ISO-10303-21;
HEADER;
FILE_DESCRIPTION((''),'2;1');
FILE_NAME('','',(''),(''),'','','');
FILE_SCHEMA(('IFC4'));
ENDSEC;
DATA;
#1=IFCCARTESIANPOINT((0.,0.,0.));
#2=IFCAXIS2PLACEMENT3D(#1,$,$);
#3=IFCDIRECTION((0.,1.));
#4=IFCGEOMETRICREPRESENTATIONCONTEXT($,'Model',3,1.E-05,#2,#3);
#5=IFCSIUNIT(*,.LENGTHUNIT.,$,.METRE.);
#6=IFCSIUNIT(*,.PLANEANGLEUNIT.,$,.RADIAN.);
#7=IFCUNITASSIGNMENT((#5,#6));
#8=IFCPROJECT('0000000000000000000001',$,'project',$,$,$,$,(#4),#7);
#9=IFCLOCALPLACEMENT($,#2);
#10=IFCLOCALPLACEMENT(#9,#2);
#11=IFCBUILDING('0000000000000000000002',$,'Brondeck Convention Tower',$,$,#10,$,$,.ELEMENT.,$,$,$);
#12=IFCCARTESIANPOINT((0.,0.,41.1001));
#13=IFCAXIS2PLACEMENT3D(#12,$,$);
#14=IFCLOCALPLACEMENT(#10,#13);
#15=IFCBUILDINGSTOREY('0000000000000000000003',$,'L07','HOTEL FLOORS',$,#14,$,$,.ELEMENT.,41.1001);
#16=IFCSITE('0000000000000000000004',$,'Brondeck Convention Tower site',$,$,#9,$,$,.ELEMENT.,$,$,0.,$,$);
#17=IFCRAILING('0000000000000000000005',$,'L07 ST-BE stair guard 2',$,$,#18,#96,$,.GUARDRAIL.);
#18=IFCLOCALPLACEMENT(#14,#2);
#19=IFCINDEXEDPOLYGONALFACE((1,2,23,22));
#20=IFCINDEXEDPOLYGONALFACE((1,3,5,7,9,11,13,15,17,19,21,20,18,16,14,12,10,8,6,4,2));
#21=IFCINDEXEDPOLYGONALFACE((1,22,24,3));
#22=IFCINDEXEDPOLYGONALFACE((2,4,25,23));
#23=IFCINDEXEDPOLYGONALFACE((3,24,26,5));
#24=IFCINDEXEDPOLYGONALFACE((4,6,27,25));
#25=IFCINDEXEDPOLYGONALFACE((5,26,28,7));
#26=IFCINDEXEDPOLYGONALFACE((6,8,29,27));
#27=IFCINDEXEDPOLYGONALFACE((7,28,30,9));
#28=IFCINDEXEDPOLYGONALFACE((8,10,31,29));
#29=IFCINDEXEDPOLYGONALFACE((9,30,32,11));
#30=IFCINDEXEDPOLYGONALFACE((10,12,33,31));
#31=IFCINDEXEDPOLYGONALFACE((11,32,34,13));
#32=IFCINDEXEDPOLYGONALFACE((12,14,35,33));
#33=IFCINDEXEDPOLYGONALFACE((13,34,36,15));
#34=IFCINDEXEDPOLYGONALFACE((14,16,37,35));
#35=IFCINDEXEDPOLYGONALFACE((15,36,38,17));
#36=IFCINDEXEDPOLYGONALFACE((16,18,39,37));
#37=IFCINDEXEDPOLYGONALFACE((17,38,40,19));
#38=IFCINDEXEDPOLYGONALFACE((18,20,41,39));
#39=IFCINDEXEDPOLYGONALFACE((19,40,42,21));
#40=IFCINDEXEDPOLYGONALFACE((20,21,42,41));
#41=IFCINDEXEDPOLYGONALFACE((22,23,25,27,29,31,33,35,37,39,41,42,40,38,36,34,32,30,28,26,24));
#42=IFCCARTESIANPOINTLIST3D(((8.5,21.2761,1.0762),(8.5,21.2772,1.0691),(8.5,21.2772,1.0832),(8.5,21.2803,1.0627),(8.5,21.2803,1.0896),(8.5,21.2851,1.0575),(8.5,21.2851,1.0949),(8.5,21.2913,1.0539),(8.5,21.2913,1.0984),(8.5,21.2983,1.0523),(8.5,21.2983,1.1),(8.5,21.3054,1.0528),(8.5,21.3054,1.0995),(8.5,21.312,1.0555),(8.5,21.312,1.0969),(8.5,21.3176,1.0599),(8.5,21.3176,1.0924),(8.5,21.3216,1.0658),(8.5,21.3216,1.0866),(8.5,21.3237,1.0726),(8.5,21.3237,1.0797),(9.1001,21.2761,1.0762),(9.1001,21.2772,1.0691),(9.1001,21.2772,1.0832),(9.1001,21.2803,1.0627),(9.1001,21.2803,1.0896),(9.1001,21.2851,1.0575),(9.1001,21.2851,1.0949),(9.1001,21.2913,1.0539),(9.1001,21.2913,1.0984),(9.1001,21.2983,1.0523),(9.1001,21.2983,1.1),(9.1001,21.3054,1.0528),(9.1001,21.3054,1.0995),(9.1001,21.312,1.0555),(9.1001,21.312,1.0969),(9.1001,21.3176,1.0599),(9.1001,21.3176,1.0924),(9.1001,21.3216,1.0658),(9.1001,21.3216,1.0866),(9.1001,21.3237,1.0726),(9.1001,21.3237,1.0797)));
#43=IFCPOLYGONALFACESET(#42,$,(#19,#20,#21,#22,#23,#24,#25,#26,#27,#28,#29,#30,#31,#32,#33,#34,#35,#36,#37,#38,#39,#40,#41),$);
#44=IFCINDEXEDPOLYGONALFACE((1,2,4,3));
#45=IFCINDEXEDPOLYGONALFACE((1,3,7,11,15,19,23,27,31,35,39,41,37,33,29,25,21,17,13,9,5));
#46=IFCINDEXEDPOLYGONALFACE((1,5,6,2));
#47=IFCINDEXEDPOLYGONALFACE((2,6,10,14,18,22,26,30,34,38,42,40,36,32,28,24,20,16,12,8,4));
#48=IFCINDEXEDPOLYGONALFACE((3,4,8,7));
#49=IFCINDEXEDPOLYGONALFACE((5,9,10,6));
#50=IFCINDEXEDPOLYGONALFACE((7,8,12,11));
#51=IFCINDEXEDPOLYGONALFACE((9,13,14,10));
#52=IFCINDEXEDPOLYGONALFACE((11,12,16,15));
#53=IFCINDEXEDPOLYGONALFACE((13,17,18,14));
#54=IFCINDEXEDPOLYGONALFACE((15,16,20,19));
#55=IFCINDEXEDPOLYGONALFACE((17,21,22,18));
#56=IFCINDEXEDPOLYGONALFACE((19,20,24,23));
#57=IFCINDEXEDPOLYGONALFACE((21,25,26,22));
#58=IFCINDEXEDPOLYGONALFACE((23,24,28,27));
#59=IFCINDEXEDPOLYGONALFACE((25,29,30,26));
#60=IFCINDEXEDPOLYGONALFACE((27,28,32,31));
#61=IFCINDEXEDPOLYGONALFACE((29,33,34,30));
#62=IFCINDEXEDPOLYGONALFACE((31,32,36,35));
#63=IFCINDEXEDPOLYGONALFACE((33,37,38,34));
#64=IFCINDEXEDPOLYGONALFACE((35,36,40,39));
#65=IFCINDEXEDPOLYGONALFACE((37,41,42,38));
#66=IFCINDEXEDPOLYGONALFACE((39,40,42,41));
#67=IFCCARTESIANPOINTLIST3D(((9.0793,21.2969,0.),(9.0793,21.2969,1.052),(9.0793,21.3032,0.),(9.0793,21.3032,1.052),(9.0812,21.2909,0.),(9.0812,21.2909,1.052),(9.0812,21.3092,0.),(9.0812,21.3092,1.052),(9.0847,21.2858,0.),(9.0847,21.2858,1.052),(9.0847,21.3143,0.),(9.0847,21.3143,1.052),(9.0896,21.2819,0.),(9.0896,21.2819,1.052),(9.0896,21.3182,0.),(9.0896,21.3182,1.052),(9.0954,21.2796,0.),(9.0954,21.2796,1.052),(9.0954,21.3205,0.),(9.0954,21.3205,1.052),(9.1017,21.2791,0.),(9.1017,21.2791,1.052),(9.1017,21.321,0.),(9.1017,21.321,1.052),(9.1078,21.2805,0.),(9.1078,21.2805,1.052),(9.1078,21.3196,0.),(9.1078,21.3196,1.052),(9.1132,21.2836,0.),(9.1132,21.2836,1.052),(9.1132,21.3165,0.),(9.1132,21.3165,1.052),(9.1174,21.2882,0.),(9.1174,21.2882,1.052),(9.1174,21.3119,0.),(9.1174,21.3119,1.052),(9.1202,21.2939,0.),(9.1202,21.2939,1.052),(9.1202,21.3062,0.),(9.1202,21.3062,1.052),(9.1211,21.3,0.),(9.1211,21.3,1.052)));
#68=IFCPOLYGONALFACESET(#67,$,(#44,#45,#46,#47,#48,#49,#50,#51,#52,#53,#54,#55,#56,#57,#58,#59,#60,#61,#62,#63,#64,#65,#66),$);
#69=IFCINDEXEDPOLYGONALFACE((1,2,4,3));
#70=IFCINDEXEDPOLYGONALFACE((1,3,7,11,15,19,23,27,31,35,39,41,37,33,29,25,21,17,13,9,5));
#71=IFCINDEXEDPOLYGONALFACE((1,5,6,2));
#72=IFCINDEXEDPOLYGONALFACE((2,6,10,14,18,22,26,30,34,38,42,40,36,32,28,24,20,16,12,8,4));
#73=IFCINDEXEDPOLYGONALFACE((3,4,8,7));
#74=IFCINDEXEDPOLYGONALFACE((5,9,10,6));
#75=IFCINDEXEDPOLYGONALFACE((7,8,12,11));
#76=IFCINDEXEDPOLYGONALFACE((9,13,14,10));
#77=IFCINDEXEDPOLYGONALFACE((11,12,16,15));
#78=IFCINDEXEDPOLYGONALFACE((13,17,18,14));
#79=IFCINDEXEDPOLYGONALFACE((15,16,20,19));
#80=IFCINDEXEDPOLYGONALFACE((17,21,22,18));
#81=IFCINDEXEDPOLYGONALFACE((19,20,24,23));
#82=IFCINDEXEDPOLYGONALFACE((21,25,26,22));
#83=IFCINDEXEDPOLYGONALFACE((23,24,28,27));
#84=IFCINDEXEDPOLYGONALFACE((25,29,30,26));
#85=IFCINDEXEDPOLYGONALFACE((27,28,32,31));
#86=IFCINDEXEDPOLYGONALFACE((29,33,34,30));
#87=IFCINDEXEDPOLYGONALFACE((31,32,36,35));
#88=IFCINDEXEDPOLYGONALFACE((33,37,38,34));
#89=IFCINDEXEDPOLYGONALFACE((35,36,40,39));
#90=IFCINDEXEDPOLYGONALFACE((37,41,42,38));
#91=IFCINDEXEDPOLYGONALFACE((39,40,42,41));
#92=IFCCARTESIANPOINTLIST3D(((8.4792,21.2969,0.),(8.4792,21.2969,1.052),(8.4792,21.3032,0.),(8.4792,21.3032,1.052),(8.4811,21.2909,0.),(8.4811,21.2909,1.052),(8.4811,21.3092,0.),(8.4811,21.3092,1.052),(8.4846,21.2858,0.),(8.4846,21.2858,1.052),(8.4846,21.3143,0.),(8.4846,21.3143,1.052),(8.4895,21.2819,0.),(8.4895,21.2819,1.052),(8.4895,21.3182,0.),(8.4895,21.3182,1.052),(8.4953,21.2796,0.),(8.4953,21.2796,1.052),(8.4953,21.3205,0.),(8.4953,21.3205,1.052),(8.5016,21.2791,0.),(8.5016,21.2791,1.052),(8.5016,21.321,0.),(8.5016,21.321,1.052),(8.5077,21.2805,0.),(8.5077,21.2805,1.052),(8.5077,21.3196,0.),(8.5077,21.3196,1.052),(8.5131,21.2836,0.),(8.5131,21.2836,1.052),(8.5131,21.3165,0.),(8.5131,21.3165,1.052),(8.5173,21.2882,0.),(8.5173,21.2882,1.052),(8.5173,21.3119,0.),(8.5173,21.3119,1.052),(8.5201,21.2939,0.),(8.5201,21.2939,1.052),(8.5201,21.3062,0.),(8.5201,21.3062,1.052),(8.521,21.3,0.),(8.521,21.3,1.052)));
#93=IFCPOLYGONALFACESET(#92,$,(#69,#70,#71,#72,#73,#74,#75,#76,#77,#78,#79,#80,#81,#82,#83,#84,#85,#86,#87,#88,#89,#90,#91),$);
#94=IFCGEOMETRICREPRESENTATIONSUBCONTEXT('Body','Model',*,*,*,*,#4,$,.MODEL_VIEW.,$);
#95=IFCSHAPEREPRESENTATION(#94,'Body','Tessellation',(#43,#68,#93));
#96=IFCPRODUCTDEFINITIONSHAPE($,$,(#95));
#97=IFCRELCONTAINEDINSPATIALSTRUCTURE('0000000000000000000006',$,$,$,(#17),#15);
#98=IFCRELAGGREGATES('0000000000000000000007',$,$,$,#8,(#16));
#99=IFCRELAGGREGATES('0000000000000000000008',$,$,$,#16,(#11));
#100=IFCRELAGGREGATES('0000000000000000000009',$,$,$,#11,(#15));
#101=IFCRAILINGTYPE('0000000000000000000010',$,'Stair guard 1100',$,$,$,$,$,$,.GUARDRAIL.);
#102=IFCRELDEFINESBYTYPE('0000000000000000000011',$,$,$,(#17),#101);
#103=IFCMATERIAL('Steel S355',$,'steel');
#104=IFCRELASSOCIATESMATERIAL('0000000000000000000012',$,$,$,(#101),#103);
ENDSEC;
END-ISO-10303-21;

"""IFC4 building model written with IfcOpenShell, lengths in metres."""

from ifc_helpers import new_model, si_unit, direction, frame, origin, origin_2d, place, context, subcontext, project, spatial, circle, extrude, material, type_object, element, save


model = new_model("IFC4")

# Units and contexts
model_context = context("Model", 3, precision=1e-05, world=origin(), true_north=direction((0.0, 1.0)))
body_context = subcontext(model_context, "Body", "Model", "MODEL_VIEW")
ifc_project = project(units=[si_unit("LENGTHUNIT", "METRE"), si_unit("PLANEANGLEUNIT", "RADIAN")], contexts=[model_context])

# Site, building, storey
site_placement = place(None, origin())
site = spatial("IfcSite", under=ifc_project, at=site_placement, Name="Brondeck Convention Tower site", CompositionType="ELEMENT", RefElevation=0.0)
building_placement = place(site_placement, origin())
building = spatial("IfcBuilding", under=site, at=building_placement, Name="Brondeck Convention Tower", CompositionType="ELEMENT")
storey_placement = place(building_placement, frame((0.0, 0.0, 41.1001)))
storey = spatial("IfcBuildingStorey", under=building, at=storey_placement, Name="L07", Description="HOTEL FLOORS", CompositionType="ELEMENT", Elevation=41.1001)

# Shared definitions
ifc_material_1 = material(Name="Steel S355", Category="steel")

# Railing
railing_type_1 = type_object("IfcRailingType", Name="Stair guard 1100", PredefinedType="GUARDRAIL", material=ifc_material_1)
railing_1_placement = place(storey_placement, frame((9.1001, 21.3, 0.0)))
element("IfcRailing", 1, at=railing_1_placement, inside=storey, type_object=railing_type_1, Name="L07 ST-BE stair guard 2", PredefinedType="GUARDRAIL", context=body_context, shape_type="SweptSolid", body=[
    extrude(circle(Radius=0.0239, at=origin_2d()), frame((0.0, 0.0, 1.0762), z_axis=(-1.0, 0.0, 0.0), x_axis=(0.0, -1.0, 0.0)), (0.0, 0.0, 1.0), 0.6001),
    extrude(circle(Radius=0.021, at=origin_2d()), origin(), (0.0, 0.0, 1.0), 1.052),
    extrude(circle(Radius=0.021, at=origin_2d()), frame((-0.6001, 0.0, 0.0)), (0.0, 0.0, 1.0), 1.052),
])

save(model, "model.ifc")
